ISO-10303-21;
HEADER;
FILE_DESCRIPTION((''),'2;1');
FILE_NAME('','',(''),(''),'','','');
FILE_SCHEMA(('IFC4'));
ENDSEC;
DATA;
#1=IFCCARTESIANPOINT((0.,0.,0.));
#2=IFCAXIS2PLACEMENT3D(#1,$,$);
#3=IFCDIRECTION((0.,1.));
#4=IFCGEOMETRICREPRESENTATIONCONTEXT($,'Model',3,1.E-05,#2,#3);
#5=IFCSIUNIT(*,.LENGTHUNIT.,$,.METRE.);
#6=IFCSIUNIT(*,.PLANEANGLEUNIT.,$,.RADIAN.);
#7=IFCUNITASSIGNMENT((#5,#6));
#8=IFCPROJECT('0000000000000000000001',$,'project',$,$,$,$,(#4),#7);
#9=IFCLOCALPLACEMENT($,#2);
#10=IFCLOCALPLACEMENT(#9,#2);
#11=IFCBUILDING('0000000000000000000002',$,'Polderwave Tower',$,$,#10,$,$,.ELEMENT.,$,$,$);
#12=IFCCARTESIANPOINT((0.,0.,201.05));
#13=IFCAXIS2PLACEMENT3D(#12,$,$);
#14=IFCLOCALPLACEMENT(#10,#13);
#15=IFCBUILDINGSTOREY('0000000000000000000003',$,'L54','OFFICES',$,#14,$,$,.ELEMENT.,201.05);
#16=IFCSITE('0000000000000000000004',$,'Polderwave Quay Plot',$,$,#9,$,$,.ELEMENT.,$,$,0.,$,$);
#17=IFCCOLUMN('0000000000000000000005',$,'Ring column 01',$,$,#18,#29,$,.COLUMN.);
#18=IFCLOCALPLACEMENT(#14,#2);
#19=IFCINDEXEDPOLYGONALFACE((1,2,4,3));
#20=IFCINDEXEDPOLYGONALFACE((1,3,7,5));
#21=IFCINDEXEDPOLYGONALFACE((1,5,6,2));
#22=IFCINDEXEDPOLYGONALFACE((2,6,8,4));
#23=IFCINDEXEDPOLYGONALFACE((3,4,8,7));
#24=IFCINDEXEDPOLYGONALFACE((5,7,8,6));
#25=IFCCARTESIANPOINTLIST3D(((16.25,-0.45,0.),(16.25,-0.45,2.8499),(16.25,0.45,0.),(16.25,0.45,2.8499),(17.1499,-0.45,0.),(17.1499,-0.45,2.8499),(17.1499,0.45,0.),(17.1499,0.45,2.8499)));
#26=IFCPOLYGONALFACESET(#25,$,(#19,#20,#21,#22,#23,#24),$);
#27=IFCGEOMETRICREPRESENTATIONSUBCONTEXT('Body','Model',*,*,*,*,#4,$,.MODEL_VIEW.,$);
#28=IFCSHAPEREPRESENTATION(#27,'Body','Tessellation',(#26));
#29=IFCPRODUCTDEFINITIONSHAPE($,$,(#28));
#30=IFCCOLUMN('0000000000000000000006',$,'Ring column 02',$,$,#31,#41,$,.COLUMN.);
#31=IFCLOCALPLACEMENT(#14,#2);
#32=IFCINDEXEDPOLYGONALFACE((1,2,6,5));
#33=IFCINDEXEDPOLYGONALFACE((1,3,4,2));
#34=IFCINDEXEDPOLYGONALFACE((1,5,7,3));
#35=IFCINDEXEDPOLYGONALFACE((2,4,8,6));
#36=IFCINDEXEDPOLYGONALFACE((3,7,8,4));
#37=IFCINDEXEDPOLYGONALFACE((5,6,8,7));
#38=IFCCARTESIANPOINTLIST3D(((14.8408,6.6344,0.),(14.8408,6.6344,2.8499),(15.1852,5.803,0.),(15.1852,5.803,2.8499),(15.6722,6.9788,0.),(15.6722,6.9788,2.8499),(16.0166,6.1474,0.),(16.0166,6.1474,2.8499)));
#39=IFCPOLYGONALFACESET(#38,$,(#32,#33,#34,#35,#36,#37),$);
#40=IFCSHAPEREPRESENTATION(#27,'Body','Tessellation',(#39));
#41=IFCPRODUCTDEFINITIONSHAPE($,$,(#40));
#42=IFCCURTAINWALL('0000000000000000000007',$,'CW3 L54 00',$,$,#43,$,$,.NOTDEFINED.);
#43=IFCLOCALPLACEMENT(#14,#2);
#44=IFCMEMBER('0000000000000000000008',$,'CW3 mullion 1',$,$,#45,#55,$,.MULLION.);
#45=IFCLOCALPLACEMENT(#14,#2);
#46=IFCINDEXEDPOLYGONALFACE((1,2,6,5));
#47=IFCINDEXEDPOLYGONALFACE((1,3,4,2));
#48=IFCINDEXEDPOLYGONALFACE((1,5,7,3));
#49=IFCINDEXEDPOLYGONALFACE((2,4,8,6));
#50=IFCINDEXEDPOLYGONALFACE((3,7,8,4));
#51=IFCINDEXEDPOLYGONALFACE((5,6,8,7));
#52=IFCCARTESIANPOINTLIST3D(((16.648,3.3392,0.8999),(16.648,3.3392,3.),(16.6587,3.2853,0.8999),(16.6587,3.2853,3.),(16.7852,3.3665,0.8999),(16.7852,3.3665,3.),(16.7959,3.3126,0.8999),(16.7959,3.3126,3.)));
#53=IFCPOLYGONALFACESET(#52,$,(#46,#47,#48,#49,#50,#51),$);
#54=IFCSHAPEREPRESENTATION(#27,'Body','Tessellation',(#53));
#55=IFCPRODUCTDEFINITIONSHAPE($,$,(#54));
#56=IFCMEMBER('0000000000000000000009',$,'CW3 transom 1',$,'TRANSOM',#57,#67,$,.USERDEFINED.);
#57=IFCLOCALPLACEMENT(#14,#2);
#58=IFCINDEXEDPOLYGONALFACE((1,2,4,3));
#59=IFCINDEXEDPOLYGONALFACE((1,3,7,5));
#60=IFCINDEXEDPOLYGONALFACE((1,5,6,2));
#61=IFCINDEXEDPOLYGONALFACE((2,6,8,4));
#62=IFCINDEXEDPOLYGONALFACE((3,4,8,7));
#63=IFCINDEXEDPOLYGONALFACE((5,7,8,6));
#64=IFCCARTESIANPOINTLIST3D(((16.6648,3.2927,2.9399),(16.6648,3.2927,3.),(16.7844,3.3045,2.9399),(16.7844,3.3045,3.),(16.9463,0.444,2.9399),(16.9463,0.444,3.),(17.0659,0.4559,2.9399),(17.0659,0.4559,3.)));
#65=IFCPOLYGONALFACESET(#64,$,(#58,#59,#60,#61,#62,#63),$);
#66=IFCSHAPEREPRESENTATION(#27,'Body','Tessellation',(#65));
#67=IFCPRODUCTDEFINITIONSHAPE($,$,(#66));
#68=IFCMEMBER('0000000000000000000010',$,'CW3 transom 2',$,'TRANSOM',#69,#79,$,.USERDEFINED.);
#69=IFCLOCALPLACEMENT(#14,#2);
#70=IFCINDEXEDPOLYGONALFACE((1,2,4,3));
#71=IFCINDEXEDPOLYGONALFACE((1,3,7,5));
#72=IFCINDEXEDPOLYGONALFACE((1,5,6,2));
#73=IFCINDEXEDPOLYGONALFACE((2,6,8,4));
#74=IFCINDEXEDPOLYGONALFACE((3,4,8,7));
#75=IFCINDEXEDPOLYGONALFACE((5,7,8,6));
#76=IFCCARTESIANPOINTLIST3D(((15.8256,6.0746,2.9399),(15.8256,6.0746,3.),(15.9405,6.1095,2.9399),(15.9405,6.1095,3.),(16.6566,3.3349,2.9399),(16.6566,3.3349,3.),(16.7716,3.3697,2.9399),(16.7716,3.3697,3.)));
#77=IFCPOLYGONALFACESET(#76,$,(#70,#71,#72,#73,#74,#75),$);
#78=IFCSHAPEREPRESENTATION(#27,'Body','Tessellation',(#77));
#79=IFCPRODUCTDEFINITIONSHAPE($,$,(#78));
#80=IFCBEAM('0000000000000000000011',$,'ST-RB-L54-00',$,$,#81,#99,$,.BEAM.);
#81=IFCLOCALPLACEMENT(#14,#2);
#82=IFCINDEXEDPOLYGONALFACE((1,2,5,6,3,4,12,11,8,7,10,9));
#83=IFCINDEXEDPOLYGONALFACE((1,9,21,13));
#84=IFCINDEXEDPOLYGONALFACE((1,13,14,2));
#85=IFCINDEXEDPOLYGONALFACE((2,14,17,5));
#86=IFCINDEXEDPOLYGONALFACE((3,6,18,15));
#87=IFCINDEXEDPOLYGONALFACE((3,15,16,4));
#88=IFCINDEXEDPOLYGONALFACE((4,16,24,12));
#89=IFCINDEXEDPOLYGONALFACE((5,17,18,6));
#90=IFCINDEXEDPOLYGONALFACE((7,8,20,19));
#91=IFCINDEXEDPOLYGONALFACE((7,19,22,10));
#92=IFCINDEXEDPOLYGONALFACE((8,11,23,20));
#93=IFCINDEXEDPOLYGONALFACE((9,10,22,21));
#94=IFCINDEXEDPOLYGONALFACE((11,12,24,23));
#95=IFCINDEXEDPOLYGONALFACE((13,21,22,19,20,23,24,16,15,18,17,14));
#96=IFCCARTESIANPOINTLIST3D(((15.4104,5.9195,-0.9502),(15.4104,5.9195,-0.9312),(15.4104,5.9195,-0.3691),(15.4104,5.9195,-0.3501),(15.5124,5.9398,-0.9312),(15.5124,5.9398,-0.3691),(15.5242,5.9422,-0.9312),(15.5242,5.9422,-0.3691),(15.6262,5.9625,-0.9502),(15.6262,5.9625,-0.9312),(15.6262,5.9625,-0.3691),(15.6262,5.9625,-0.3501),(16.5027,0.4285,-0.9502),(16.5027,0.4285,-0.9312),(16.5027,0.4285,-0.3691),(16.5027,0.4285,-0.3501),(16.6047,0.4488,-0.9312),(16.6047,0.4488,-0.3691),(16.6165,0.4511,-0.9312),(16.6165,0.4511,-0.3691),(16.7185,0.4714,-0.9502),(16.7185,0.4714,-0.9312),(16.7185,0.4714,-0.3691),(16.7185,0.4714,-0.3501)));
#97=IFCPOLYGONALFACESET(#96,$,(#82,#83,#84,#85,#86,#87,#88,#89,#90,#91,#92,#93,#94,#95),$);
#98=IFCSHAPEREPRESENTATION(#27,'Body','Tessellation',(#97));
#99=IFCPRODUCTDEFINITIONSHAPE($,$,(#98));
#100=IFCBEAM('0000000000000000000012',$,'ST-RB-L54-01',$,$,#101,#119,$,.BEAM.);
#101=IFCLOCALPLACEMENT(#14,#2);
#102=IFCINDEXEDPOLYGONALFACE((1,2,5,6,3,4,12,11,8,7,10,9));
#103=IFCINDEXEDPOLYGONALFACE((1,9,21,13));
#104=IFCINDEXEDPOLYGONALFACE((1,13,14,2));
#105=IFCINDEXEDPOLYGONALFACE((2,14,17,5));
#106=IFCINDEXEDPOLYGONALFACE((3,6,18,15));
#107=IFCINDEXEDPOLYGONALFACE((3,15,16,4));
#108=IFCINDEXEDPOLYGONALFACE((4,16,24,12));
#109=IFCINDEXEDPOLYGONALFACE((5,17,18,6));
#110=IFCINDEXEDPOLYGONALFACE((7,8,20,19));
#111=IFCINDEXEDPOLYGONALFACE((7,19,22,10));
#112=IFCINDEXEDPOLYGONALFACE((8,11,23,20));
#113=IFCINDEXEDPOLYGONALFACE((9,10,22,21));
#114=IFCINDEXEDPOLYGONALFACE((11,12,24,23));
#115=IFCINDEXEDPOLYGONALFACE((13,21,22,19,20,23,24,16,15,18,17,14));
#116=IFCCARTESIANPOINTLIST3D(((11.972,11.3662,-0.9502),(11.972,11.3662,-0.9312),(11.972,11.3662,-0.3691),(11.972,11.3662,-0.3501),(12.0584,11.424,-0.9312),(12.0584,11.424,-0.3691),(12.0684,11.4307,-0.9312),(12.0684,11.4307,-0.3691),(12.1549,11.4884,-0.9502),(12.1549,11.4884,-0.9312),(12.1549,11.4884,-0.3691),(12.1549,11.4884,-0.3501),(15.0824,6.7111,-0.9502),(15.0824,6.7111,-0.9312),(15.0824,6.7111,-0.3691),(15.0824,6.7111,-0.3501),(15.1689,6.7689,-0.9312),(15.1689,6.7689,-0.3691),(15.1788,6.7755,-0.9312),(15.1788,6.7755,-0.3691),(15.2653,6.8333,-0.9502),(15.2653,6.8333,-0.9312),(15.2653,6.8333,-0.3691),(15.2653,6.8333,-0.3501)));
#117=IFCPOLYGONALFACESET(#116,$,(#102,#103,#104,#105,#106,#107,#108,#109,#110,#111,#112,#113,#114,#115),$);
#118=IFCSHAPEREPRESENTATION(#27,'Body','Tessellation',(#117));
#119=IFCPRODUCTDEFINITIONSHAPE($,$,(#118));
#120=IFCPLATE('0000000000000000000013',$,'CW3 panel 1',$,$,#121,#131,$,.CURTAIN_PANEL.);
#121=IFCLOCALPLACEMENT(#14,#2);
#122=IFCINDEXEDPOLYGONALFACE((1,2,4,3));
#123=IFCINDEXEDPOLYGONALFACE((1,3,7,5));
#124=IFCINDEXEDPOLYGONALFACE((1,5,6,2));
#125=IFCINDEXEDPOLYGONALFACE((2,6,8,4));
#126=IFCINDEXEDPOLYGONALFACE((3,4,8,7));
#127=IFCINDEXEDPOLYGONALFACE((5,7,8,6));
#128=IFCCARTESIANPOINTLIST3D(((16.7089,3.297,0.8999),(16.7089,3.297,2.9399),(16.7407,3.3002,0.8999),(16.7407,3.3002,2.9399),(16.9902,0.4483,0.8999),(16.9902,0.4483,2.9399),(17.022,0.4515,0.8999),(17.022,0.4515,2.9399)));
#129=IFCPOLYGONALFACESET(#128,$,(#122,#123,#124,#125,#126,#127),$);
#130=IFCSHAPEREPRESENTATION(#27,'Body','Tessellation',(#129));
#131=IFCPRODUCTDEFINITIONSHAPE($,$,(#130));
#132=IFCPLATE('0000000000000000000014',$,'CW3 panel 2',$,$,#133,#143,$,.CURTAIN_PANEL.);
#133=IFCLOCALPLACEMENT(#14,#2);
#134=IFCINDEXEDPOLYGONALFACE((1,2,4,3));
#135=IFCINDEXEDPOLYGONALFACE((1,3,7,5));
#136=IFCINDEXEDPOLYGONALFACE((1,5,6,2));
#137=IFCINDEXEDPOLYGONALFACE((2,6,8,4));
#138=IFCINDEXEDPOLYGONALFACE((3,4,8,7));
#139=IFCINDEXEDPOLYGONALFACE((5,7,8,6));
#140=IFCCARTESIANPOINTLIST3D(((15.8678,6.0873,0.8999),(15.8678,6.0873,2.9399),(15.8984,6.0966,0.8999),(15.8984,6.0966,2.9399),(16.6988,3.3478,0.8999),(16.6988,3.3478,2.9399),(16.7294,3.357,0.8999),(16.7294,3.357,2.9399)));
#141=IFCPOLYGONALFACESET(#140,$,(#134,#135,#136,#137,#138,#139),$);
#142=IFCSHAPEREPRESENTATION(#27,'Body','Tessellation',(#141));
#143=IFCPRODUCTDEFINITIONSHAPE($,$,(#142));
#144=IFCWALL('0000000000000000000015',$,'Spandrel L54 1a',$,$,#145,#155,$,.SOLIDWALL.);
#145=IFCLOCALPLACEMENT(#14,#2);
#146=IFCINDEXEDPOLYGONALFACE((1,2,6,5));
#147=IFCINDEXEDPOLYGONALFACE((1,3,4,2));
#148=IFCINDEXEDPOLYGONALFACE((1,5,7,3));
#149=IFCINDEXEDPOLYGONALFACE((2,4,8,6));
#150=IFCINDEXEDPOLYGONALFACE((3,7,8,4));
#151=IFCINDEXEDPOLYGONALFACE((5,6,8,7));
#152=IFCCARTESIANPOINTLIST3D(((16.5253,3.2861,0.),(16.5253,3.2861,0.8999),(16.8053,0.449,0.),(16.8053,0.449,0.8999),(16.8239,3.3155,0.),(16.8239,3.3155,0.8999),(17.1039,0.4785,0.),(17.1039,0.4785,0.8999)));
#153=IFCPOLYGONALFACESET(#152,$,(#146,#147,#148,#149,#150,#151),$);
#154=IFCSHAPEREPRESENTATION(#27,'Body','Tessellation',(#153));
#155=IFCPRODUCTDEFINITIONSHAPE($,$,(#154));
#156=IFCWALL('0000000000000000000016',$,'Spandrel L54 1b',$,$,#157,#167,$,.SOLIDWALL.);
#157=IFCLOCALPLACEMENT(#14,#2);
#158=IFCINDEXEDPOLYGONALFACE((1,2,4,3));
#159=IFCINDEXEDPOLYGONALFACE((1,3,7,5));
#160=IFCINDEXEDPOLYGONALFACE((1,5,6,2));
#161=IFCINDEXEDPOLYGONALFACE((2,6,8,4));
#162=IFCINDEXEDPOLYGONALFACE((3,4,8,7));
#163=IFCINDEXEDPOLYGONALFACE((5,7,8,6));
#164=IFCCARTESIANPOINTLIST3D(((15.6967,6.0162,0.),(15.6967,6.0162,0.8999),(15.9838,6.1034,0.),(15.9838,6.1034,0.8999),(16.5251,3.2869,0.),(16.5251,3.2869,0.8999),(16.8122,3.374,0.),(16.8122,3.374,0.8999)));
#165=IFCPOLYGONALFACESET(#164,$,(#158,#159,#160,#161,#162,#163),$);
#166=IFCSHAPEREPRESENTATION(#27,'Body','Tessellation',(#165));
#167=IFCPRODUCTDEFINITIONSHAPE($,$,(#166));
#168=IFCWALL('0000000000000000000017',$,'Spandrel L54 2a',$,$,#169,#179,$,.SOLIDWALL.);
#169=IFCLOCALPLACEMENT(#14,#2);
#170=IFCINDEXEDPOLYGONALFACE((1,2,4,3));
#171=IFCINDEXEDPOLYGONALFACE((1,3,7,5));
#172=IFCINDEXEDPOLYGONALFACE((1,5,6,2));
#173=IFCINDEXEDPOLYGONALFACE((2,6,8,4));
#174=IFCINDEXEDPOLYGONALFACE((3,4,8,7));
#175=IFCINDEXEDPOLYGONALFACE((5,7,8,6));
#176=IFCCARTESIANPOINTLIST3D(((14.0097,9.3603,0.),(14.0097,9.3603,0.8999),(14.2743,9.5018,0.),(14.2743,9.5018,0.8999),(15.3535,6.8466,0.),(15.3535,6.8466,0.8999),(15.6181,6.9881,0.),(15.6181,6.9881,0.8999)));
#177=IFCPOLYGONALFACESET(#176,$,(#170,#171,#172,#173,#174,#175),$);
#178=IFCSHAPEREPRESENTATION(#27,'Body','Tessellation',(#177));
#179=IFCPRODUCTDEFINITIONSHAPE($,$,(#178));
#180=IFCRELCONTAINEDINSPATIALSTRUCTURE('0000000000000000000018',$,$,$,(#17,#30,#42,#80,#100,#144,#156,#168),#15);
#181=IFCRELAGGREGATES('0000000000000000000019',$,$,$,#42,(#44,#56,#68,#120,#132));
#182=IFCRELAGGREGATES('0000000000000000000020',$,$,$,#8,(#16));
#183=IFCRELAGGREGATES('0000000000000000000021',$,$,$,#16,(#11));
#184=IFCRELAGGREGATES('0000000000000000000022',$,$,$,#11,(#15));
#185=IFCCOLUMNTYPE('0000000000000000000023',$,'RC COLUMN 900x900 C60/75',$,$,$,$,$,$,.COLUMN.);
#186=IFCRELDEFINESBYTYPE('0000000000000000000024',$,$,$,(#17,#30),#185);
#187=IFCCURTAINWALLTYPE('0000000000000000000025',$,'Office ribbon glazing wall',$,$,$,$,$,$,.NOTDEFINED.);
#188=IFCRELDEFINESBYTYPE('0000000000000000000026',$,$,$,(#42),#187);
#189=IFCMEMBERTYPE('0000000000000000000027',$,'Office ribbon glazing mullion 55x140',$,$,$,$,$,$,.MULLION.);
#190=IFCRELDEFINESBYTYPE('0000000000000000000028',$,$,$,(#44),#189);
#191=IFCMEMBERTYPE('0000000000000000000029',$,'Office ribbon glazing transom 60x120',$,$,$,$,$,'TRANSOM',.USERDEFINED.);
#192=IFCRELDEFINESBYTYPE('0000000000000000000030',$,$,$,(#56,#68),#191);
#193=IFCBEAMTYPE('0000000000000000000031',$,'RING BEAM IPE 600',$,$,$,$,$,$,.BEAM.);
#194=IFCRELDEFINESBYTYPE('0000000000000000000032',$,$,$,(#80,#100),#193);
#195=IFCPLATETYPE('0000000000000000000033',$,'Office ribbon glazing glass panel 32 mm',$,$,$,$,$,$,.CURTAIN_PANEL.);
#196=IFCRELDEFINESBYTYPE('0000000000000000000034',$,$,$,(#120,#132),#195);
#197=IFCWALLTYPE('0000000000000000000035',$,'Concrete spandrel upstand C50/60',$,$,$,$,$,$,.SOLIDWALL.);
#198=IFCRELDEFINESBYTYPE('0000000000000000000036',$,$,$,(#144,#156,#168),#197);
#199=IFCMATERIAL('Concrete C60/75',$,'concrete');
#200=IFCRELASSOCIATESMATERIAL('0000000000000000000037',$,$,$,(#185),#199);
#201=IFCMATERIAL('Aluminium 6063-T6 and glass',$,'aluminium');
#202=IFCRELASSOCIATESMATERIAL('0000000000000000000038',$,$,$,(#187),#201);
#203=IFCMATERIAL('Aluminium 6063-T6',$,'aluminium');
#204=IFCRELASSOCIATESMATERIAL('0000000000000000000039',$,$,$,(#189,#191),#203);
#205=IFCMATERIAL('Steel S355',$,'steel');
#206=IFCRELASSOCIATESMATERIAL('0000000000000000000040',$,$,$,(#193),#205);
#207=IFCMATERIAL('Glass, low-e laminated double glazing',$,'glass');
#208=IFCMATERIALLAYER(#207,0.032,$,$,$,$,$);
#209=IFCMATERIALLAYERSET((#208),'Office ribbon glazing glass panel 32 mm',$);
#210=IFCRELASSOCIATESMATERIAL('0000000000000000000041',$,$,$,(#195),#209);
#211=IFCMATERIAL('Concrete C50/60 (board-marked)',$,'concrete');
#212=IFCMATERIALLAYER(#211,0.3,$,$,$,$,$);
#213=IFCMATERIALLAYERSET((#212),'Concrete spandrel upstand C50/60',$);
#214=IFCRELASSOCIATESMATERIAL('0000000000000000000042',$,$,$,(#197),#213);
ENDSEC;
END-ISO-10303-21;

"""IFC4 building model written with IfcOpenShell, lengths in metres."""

from ifc_helpers import new_model, si_unit, direction, frame, frame_2d, origin, origin_2d, place, context, subcontext, project, spatial, rectangle, i_section, extrude, material, layer, layer_set, material_profile, profile_set, type_object, element, aggregate, save


model = new_model("IFC4")

# Units and contexts
model_context = context("Model", 3, precision=1e-05, world=origin(), true_north=direction((0.0, 1.0)))
body_context = subcontext(model_context, "Body", "Model", "MODEL_VIEW")
ifc_project = project(units=[si_unit("LENGTHUNIT", "METRE"), si_unit("PLANEANGLEUNIT", "RADIAN")], contexts=[model_context])

# Site, building, storey
site_placement = place(None, origin())
site = spatial("IfcSite", under=ifc_project, at=site_placement, Name="Polderwave Quay Plot", CompositionType="ELEMENT", RefElevation=0.0)
building_placement = place(site_placement, origin())
building = spatial("IfcBuilding", under=site, at=building_placement, Name="Polderwave Tower", CompositionType="ELEMENT")
storey_placement = place(building_placement, frame((0.0, 0.0, 201.05)))
storey = spatial("IfcBuildingStorey", under=building, at=storey_placement, Name="L54", Description="OFFICES", CompositionType="ELEMENT", Elevation=201.05)

# Columns
ifc_material_1 = material(Name="Concrete C60/75", Category="concrete")
ifc_material_profile_1 = material_profile(ifc_material_1, rectangle(XDim=0.8999, YDim=0.8999, at=origin_2d()), Name="RC 900x900")
ifc_profile_set_1 = profile_set([ifc_material_profile_1], Name="Concrete C60/75")
column_type = type_object("IfcColumnType", Name="RC COLUMN 900x900 C60/75", PredefinedType="COLUMN", material=ifc_profile_set_1)
for number, where, z_axis, x_axis, name in (
    (1, (16.7, 0.0, 0.0), (0.0, 0.0, 1.0), (1.0, 0.0, 0.0), "Ring column 01"),
    (2, (15.4287, 6.3909, 0.0), (0.0, 0.0, 1.0), (0.92388, 0.382683, 0.0), "Ring column 02"),
):
    element("IfcColumn", number, at=place(storey_placement, frame(where, z_axis=z_axis, x_axis=x_axis)), inside=storey, type_object=column_type, Name=name, PredefinedType="COLUMN", context=body_context, shape_type="SweptSolid", body=[
        extrude(rectangle(XDim=0.8999, YDim=0.8999, at=origin_2d()), origin(), (0.0, 0.0, 1.0), 2.8499),
    ])

# Curtain wall, members
ifc_material_2 = material(Name="Aluminium 6063-T6 and glass", Category="aluminium")
curtain_wall_type = type_object("IfcCurtainWallType", Name="Office ribbon glazing wall", PredefinedType="NOTDEFINED", material=ifc_material_2)
curtain_wall_placement = place(storey_placement, origin())
curtain_wall = element("IfcCurtainWall", 3, at=curtain_wall_placement, inside=storey, type_object=curtain_wall_type, Name="CW3 L54 00", PredefinedType="NOTDEFINED")
ifc_material_3 = material(Name="Aluminium 6063-T6", Category="aluminium")
ifc_material_profile_2 = material_profile(ifc_material_3, rectangle(XDim=0.1399, YDim=0.0549, at=origin_2d()), Name="AL 55x140")
ifc_profile_set_2 = profile_set([ifc_material_profile_2], Name="Aluminium 6063-T6")
member_type_1 = type_object("IfcMemberType", Name="Office ribbon glazing mullion 55x140", PredefinedType="MULLION", material=ifc_profile_set_2)
member_1_placement = place(storey_placement, frame((16.7219, 3.3259, 0.8999), z_axis=(0.0, 0.0, 1.0), x_axis=(-0.980762, -0.195205, 0.0)))
member_1 = element("IfcMember", 4, at=member_1_placement, type_object=member_type_1, Name="CW3 mullion 1", PredefinedType="MULLION", context=body_context, shape_type="SweptSolid", body=[
    extrude(rectangle(XDim=0.1399, YDim=0.0549, at=origin_2d()), origin(), (0.0, 0.0, 1.0), 2.1001),
])
ifc_material_profile_3 = material_profile(ifc_material_3, rectangle(XDim=0.1201, YDim=0.0601, at=origin_2d()), Name="AL 60x120")
ifc_profile_set_3 = profile_set([ifc_material_profile_3], Name="Aluminium 6063-T6")
member_type_2 = type_object("IfcMemberType", Name="Office ribbon glazing transom 60x120", ElementType="TRANSOM", PredefinedType="USERDEFINED", material=ifc_profile_set_3)
member_2_placement = place(storey_placement, frame((17.0061, 0.45, 2.97), z_axis=(-0.098338, 0.995153, 0.0), x_axis=(-0.995153, -0.098338, 0.0)))
member_2 = element("IfcMember", 5, at=member_2_placement, type_object=member_type_2, Name="CW3 transom 1", ObjectType="TRANSOM", PredefinedType="USERDEFINED", context=body_context, shape_type="SweptSolid", body=[
    extrude(rectangle(XDim=0.1201, YDim=0.0601, at=origin_2d()), origin(), (0.0, 0.0, 1.0), 2.8625),
])
member_3_placement = place(storey_placement, frame((16.7141, 3.3523, 2.97), z_axis=(-0.290272, 0.956944, 0.0), x_axis=(-0.956944, -0.290272, 0.0)))
member_3 = element("IfcMember", 6, at=member_3_placement, type_object=member_type_2, Name="CW3 transom 2", ObjectType="TRANSOM", PredefinedType="USERDEFINED", context=body_context, shape_type="SweptSolid", body=[
    extrude(rectangle(XDim=0.1201, YDim=0.0601, at=origin_2d()), origin(), (0.0, 0.0, 1.0), 2.863),
])

# Beams
ifc_material_4 = material(Name="Steel S355", Category="steel")
ifc_material_profile_4 = material_profile(ifc_material_4, i_section(OverallWidth=0.22, OverallDepth=0.6001, WebThickness=0.012, FlangeThickness=0.019, at=origin_2d()), Name="IPE 600")
ifc_profile_set_4 = profile_set([ifc_material_profile_4], Name="Steel S355")
beam_type = type_object("IfcBeamType", Name="RING BEAM IPE 600", PredefinedType="BEAM", material=ifc_profile_set_4)
for number, where, z_axis, x_axis, name in (
    (7, (16.6106, 0.45, -0.6501), (-0.195101, 0.980783, 0.0), (-0.980783, -0.195101, 0.0), "ST-RB-L54-00"),
    (8, (15.1738, 6.7722, -0.6501), (-0.555565, 0.831473, 0.0), (-0.831473, -0.555565, 0.0), "ST-RB-L54-01"),
):
    element("IfcBeam", number, at=place(storey_placement, frame(where, z_axis=z_axis, x_axis=x_axis)), inside=storey, type_object=beam_type, Name=name, PredefinedType="BEAM", context=body_context, shape_type="SweptSolid", body=[
        extrude(i_section(OverallWidth=0.22, OverallDepth=0.6001, WebThickness=0.012, FlangeThickness=0.019, at=origin_2d()), origin(), (0.0, 0.0, 1.0), 5.5986),
    ])

# Plates
ifc_material_5 = material(Name="Glass, low-e laminated double glazing", Category="glass")
ifc_layer_1 = layer(ifc_material_5, 0.032)
ifc_layer_set_1 = layer_set([ifc_layer_1], Name="Office ribbon glazing glass panel 32 mm")
plate_type = type_object("IfcPlateType", Name="Office ribbon glazing glass panel 32 mm", PredefinedType="CURTAIN_PANEL", material=ifc_layer_set_1)
plate_1_placement = place(storey_placement, frame((16.8655, 1.8743, 0.8999), z_axis=(0.0, 0.0, 1.0), x_axis=(-0.098271, 0.99516, 0.0)))
plate_1 = element("IfcPlate", 9, at=plate_1_placement, type_object=plate_type, Name="CW3 panel 1", PredefinedType="CURTAIN_PANEL", context=body_context, shape_type="SweptSolid", body=[
    extrude(rectangle(XDim=2.8625, YDim=0.032, at=origin_2d()), origin(), (0.0, 0.0, 1.0), 2.04),
])
plate_2_placement = place(storey_placement, frame((16.2986, 4.7222, 0.8999), z_axis=(0.0, 0.0, 1.0), x_axis=(-0.290266, 0.956946, 0.0)))
plate_2 = element("IfcPlate", 10, at=plate_2_placement, type_object=plate_type, Name="CW3 panel 2", PredefinedType="CURTAIN_PANEL", context=body_context, shape_type="SweptSolid", body=[
    extrude(rectangle(XDim=2.8628, YDim=0.032, at=origin_2d()), origin(), (0.0, 0.0, 1.0), 2.04),
])
aggregate(curtain_wall, [member_1, member_2, member_3, plate_1, plate_2])

# Walls
ifc_material_6 = material(Name="Concrete C50/60 (board-marked)", Category="concrete")
ifc_layer_2 = layer(ifc_material_6, 0.3)
ifc_layer_set_2 = layer_set([ifc_layer_2], Name="Concrete spandrel upstand C50/60")
wall_type_1 = type_object("IfcWallType", Name="Concrete spandrel upstand C50/60", PredefinedType="SOLIDWALL", material=ifc_layer_set_2)
wall_1_placement = place(storey_placement, frame((16.9546, 0.4639, 0.0), z_axis=(0.0, 0.0, 1.0), x_axis=(-0.098223, 0.995164, 0.0)))
element("IfcWall", 11, at=wall_1_placement, inside=storey, type_object=wall_type_1, Name="Spandrel L54 1a", PredefinedType="SOLIDWALL", context=body_context, shape_type="SweptSolid", body=[
    extrude(rectangle(XDim=2.8508, YDim=0.3, at=frame_2d((1.4253, 0.0))), origin(), (0.0, 0.0, 1.0), 0.8999),
])
wall_2_placement = place(storey_placement, frame((16.6687, 3.3303, 0.0), z_axis=(0.0, 0.0, 1.0), x_axis=(-0.290433, 0.956895, 0.0)))
element("IfcWall", 12, at=wall_2_placement, inside=storey, type_object=wall_type_1, Name="Spandrel L54 1b", PredefinedType="SOLIDWALL", context=body_context, shape_type="SweptSolid", body=[
    extrude(rectangle(XDim=2.8523, YDim=0.3, at=frame_2d((1.4263, 0.0))), origin(), (0.0, 0.0, 1.0), 0.8999),
])
wall_3_placement = place(storey_placement, frame((15.4858, 6.9172, 0.0), z_axis=(0.0, 0.0, 1.0), x_axis=(-0.471442, 0.881897, 0.0)))
element("IfcWall", 13, at=wall_3_placement, inside=storey, type_object=wall_type_1, Name="Spandrel L54 2a", PredefinedType="SOLIDWALL", context=body_context, shape_type="SweptSolid", body=[
    extrude(rectangle(XDim=2.8503, YDim=0.3, at=frame_2d((1.4253, 0.0))), origin(), (0.0, 0.0, 1.0), 0.8999),
])

save(model, "model.ifc")
